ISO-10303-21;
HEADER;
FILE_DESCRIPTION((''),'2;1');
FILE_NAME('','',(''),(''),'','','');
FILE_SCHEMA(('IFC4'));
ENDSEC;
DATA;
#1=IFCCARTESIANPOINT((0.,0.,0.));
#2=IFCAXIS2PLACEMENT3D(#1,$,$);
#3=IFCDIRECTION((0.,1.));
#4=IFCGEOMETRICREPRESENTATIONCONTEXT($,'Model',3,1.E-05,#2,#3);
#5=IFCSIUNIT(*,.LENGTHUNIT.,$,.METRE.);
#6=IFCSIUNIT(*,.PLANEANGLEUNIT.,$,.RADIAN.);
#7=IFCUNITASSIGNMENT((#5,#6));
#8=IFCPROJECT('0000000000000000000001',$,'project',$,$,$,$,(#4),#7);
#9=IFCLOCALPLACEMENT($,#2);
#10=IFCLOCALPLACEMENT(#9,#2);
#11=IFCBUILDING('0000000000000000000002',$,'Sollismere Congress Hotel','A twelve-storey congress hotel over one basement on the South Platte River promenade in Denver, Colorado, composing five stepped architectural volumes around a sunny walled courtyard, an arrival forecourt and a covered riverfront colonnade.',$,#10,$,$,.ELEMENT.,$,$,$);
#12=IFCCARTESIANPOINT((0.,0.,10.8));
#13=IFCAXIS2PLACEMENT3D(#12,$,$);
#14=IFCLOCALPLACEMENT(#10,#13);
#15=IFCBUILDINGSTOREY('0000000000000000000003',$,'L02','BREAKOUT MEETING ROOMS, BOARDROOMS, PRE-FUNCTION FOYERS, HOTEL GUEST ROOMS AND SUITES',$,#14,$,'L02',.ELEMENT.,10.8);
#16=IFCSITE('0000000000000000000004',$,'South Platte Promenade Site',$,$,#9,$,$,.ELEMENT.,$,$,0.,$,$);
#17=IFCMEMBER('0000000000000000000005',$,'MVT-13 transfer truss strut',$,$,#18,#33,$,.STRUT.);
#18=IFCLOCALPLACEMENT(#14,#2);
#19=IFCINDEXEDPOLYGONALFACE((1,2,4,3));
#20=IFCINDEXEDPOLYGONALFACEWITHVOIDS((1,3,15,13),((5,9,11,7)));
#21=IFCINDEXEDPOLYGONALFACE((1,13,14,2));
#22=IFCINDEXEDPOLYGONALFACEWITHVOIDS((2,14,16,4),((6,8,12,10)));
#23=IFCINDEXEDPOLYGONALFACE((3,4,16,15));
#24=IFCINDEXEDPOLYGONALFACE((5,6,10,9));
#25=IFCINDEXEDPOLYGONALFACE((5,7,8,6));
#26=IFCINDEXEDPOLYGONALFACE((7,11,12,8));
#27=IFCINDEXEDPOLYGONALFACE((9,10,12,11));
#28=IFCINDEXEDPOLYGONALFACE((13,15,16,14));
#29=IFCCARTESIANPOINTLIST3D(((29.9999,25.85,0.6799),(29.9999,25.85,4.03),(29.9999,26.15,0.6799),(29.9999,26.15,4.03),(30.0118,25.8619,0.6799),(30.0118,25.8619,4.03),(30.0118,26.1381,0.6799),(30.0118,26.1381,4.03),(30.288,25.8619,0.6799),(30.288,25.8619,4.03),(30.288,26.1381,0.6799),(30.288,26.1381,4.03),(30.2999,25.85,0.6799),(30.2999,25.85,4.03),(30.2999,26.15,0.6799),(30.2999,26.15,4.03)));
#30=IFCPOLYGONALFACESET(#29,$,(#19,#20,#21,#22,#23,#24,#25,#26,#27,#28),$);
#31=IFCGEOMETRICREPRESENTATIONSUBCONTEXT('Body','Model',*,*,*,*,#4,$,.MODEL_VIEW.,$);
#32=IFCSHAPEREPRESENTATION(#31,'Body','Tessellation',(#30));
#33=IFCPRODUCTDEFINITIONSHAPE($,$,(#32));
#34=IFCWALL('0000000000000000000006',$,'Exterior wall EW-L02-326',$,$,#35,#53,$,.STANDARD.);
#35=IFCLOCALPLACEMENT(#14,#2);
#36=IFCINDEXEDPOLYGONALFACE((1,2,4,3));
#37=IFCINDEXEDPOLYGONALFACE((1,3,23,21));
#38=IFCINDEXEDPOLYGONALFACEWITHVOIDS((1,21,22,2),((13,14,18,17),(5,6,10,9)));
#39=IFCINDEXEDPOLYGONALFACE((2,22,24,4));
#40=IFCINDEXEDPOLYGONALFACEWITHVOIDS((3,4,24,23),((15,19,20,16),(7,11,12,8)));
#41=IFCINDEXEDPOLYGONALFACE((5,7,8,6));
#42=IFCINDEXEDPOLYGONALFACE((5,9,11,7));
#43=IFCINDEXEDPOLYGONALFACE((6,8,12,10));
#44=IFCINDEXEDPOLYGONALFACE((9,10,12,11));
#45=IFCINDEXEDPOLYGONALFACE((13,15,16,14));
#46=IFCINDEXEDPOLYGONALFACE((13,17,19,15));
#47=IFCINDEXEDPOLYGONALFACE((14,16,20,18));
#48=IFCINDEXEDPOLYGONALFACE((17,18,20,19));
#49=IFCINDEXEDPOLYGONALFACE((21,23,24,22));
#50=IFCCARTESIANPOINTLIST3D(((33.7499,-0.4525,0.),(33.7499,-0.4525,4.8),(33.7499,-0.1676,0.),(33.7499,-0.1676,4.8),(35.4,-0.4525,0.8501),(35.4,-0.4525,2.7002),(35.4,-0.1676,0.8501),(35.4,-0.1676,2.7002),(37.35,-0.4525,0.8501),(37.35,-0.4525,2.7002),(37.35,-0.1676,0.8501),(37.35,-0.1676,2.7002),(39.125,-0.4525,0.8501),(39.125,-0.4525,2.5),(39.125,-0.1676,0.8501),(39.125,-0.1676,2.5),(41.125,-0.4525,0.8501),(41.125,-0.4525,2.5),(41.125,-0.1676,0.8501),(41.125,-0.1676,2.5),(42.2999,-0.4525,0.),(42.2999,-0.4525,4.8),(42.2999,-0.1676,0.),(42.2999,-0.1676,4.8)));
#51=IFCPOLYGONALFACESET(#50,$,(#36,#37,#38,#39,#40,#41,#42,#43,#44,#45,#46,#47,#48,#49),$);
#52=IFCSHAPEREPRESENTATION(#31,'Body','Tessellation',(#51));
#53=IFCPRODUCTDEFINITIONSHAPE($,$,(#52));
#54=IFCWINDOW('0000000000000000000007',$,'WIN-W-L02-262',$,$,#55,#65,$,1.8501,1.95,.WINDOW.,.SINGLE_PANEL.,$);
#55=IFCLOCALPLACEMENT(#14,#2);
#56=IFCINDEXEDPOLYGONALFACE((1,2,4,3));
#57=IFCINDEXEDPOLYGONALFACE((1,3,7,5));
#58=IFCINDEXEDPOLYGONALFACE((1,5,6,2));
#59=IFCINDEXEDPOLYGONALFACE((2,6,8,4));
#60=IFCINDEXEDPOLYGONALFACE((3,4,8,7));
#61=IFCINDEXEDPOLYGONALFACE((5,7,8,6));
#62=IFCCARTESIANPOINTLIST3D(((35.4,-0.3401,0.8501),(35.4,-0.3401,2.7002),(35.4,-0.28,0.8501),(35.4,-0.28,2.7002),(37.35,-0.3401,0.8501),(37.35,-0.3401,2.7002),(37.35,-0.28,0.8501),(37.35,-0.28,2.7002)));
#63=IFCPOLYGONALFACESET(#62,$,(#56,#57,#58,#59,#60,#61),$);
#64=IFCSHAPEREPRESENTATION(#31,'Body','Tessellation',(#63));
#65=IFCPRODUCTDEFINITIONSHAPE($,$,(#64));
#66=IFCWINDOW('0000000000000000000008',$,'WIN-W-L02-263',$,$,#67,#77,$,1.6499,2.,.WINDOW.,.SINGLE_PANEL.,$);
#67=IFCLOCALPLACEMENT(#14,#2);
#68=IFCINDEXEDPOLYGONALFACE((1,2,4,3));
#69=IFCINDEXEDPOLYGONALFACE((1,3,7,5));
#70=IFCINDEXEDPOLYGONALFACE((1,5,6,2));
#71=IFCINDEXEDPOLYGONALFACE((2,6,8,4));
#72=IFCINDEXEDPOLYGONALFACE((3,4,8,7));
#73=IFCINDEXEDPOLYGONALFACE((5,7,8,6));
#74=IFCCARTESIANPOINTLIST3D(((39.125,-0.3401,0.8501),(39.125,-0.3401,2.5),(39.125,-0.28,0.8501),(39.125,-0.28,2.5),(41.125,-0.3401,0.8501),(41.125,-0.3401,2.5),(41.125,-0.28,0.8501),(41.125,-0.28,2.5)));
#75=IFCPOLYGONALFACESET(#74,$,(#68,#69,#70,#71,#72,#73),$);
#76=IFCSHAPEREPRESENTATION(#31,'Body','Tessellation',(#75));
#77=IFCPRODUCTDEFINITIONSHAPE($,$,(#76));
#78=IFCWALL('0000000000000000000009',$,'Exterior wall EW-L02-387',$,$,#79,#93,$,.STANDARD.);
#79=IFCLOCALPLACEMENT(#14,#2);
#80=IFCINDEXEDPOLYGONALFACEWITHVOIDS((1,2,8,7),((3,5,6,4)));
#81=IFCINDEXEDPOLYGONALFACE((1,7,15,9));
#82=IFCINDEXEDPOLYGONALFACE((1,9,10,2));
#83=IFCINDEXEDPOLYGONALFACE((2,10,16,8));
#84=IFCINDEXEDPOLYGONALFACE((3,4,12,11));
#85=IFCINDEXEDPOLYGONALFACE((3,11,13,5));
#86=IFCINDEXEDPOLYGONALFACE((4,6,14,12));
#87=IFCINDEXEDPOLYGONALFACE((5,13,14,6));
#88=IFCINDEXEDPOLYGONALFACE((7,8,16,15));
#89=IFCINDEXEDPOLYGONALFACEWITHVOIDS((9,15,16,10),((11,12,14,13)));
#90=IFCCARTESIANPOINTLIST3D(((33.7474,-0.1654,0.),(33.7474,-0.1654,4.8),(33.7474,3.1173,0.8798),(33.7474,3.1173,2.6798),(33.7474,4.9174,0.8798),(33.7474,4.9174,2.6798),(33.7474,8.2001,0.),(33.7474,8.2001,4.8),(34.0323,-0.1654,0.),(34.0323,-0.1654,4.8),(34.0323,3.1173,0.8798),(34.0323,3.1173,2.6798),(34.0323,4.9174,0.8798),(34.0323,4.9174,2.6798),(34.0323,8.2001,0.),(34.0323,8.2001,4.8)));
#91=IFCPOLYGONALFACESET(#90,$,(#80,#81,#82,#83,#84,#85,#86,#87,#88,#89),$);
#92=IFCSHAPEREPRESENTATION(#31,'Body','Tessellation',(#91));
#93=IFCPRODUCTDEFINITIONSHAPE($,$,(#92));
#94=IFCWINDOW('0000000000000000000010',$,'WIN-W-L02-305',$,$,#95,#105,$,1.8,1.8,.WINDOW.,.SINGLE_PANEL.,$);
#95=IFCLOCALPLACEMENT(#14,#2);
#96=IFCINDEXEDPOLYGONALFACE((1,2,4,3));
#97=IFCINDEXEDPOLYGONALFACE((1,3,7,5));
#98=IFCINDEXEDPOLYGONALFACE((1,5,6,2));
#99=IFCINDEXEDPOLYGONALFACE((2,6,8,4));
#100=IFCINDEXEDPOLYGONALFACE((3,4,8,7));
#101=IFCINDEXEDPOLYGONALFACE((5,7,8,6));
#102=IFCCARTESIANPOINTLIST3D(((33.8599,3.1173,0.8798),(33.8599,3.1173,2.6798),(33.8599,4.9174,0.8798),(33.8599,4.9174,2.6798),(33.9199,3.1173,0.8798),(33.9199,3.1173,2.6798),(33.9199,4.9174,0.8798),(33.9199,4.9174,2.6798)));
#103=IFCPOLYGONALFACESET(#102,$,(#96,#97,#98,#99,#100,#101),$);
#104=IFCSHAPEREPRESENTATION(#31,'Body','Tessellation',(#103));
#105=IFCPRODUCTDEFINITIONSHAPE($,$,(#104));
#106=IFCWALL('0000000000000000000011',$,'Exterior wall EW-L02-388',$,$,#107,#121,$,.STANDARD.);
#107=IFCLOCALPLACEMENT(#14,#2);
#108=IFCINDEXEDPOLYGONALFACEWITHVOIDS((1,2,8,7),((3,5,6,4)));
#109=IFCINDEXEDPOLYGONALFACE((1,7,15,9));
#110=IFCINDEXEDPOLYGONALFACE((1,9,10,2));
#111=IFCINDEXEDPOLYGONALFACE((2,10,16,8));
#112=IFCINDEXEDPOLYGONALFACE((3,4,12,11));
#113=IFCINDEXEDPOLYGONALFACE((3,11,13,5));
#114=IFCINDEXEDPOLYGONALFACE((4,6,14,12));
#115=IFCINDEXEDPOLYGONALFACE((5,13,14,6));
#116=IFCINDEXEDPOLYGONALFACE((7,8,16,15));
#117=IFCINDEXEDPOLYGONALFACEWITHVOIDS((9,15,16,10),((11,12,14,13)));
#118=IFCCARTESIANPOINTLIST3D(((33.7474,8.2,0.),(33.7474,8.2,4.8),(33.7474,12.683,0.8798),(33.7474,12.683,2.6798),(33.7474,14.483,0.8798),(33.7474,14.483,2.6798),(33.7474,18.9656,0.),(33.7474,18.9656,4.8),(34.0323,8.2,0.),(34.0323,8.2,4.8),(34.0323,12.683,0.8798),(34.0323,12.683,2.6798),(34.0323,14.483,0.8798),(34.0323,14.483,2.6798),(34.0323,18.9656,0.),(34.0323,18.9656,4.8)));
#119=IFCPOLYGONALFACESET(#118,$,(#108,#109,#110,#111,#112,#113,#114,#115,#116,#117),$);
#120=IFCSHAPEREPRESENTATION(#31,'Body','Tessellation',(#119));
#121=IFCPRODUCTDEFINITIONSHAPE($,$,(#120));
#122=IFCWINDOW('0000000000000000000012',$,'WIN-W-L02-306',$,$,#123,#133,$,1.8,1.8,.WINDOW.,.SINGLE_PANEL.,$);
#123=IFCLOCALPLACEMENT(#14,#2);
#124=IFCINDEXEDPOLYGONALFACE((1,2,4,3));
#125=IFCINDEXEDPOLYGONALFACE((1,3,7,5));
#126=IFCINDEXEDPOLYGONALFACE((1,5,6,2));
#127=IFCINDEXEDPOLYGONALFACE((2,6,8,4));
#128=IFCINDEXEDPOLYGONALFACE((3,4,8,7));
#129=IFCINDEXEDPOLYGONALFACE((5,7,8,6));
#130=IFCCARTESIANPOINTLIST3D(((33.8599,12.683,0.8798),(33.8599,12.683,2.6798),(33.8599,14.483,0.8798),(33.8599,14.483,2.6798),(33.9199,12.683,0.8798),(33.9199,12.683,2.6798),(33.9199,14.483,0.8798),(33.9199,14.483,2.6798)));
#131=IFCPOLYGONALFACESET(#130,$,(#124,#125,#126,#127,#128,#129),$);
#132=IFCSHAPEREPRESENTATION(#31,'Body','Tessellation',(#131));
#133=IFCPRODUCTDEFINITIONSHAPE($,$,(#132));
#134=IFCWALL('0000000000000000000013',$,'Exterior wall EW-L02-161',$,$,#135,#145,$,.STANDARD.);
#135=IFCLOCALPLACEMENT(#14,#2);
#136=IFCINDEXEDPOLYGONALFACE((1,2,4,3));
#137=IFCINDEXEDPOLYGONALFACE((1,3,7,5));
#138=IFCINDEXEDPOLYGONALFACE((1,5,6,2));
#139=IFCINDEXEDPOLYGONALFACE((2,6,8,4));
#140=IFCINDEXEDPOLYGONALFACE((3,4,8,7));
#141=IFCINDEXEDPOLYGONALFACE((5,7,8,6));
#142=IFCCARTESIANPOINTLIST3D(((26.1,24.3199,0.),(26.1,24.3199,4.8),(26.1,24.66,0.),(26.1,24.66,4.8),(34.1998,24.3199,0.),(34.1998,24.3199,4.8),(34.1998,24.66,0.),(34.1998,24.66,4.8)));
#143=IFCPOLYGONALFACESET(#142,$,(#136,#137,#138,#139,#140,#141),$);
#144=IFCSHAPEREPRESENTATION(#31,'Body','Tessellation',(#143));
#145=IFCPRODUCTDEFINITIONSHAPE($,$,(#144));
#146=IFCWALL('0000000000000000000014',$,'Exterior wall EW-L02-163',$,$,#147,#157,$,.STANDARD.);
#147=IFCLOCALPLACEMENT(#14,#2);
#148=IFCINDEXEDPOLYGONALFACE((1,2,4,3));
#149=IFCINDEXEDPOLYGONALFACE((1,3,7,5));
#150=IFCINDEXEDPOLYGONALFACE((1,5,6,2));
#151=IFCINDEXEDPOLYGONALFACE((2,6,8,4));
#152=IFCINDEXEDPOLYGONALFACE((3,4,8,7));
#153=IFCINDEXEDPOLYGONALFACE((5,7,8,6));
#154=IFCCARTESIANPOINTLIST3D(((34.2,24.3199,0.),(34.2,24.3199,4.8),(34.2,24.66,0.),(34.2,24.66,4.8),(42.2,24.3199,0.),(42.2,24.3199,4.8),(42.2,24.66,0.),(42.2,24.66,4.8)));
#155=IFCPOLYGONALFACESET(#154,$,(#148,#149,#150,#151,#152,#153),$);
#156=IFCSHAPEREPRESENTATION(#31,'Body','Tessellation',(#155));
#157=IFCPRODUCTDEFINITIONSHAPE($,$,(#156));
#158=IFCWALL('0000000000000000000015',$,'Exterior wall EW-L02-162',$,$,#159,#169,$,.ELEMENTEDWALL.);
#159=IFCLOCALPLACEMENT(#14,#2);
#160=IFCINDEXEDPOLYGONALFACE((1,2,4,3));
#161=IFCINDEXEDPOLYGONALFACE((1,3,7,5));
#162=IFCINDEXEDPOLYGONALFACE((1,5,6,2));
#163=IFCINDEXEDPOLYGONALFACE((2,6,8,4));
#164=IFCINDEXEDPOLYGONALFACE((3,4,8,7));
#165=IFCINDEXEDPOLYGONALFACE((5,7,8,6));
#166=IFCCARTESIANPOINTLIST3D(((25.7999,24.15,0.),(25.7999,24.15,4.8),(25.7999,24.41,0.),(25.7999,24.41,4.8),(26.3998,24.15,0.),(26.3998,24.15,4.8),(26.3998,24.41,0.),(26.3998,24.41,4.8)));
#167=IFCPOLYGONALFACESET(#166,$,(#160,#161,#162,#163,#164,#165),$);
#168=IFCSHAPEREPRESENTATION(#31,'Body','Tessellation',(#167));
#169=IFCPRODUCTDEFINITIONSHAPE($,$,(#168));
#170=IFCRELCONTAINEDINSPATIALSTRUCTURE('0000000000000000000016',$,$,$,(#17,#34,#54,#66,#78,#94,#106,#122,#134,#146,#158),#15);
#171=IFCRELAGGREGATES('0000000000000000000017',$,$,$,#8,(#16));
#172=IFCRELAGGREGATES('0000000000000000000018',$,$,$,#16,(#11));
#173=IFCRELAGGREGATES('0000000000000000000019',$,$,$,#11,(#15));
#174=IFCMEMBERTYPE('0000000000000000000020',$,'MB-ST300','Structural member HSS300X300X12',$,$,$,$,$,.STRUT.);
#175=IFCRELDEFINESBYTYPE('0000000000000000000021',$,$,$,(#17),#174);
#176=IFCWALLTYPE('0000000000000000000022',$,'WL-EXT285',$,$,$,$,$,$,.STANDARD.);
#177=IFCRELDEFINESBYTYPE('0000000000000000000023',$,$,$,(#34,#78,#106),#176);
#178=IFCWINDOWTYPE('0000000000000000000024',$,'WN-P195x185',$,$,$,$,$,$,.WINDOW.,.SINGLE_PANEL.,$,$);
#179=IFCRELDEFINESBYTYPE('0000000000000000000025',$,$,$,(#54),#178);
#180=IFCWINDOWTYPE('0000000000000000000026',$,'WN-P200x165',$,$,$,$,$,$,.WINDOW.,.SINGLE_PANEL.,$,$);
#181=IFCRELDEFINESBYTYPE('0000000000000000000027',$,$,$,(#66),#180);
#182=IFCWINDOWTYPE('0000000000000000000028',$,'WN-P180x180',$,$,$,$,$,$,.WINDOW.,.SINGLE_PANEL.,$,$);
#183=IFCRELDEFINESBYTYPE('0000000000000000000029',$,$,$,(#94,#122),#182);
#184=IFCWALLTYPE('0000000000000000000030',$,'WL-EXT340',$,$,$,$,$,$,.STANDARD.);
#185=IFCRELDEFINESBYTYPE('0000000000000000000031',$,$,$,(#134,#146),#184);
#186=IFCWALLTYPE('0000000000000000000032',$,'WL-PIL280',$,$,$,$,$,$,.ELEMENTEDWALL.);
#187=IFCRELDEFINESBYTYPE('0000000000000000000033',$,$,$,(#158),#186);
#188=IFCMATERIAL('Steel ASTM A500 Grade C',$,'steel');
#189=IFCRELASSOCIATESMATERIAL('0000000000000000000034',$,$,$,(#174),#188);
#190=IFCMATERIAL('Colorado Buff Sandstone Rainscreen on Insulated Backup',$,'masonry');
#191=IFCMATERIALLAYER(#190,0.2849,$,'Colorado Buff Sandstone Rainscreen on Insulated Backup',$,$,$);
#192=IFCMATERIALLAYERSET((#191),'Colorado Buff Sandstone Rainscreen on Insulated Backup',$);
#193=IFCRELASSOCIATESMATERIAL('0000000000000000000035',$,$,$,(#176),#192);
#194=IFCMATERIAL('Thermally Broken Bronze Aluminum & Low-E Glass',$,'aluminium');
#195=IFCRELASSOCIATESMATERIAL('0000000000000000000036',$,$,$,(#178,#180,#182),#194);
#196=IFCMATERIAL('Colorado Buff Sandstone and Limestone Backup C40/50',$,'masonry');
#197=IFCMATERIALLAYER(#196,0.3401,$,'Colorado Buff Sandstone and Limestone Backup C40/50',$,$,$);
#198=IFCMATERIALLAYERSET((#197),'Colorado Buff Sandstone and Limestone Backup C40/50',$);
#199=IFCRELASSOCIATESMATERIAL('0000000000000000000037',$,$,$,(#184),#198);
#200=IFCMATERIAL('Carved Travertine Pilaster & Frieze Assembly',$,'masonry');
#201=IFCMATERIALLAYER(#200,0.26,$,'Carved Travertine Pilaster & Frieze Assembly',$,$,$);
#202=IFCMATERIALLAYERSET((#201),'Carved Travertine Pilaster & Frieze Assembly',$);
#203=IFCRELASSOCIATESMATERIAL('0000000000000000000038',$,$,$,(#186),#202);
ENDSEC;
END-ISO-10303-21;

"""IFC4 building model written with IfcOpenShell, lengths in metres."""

from ifc_helpers import new_model, si_unit, direction, frame, frame_2d, origin, origin_2d, place, context, subcontext, project, spatial, rectangle, hollow_rectangle, extrude, material, layer, layer_set, material_profile, profile_set, type_object, element, fill, save


model = new_model("IFC4")

# Units and contexts
model_context = context("Model", 3, precision=1e-05, world=origin(), true_north=direction((0.0, 1.0)))
body_context = subcontext(model_context, "Body", "Model", "MODEL_VIEW")
ifc_project = project(units=[si_unit("LENGTHUNIT", "METRE"), si_unit("PLANEANGLEUNIT", "RADIAN")], contexts=[model_context])

# Site, building, storey
site_placement = place(None, origin())
site = spatial("IfcSite", under=ifc_project, at=site_placement, Name="South Platte Promenade Site", CompositionType="ELEMENT", RefElevation=0.0)
building_placement = place(site_placement, origin())
building = spatial("IfcBuilding", under=site, at=building_placement, Name="Sollismere Congress Hotel", Description="A twelve-storey congress hotel over one basement on the South Platte River promenade in Denver, Colorado, composing five stepped architectural volumes around a sunny walled courtyard, an arrival forecourt and a covered riverfront colonnade.", CompositionType="ELEMENT")
storey_placement = place(building_placement, frame((0.0, 0.0, 10.8)))
storey = spatial("IfcBuildingStorey", under=building, at=storey_placement, Name="L02", Description="BREAKOUT MEETING ROOMS, BOARDROOMS, PRE-FUNCTION FOYERS, HOTEL GUEST ROOMS AND SUITES", LongName="L02", CompositionType="ELEMENT", Elevation=10.8)

# Member
ifc_material_1 = material(Name="Steel ASTM A500 Grade C", Category="steel")
ifc_material_profile_1 = material_profile(ifc_material_1, hollow_rectangle(XDim=0.3, YDim=0.3, WallThickness=0.012, at=origin_2d()), Name="HSS300X300X12")
ifc_profile_set_1 = profile_set([ifc_material_profile_1], Name="Steel ASTM A500 Grade C")
member_type_1 = type_object("IfcMemberType", Name="MB-ST300", Description="Structural member HSS300X300X12", PredefinedType="STRUT", material=ifc_profile_set_1)
for number, where, z_axis, x_axis, name in (
    (1, (30.1499, 26.0, 0.6799), (0.0, 0.0, 1.0), (1.0, 0.0, 0.0), "MVT-13 transfer truss strut"),
):
    element("IfcMember", number, at=place(storey_placement, frame(where, z_axis=z_axis, x_axis=x_axis)), inside=storey, type_object=member_type_1, Name=name, PredefinedType="STRUT", context=body_context, shape_type="SweptSolid", body=[
        extrude(hollow_rectangle(XDim=0.3, YDim=0.3, WallThickness=0.012, at=origin_2d()), origin(), (0.0, 0.0, 1.0), 3.3501),
    ])

# Wall, openings, windows
ifc_material_2 = material(Name="Colorado Buff Sandstone Rainscreen on Insulated Backup", Category="masonry")
ifc_layer_1 = layer(ifc_material_2, 0.2849, Name="Colorado Buff Sandstone Rainscreen on Insulated Backup")
ifc_layer_set_1 = layer_set([ifc_layer_1], Name="Colorado Buff Sandstone Rainscreen on Insulated Backup")
wall_type_1 = type_object("IfcWallType", Name="WL-EXT285", PredefinedType="STANDARD", material=ifc_layer_set_1)
wall_1_placement = place(storey_placement, frame((33.75, -0.3101, 0.0), z_axis=(0.0, 0.0, 1.0), x_axis=(1.0, 0.0, 0.0)))
wall_1 = element("IfcWall", 2, at=wall_1_placement, inside=storey, type_object=wall_type_1, Name="Exterior wall EW-L02-326", PredefinedType="STANDARD", context=body_context, shape_type="SweptSolid", body=[
    extrude(rectangle(XDim=8.55, YDim=0.2849, at=frame_2d((4.2749, 0.0))), origin(), (0.0, 0.0, 1.0), 4.8),
])
opening_1_placement = place(wall_1_placement, frame((1.6499, 0.0, 0.8501)))
opening_1 = element("IfcOpeningElement", 3, at=opening_1_placement, cuts=wall_1, PredefinedType="OPENING", context=body_context, shape_type="SweptSolid", body=[
    extrude(rectangle(XDim=1.95, YDim=1.8501, at=frame_2d((0.9751, 0.925))), frame((0.0, 0.1523, 0.0), z_axis=(0.0, -1.0, 0.0), x_axis=(1.0, 0.0, 0.0)), (0.0, 0.0, 1.0), 0.3049),
])
opening_2_placement = place(wall_1_placement, frame((5.375, 0.0, 0.8501)))
opening_2 = element("IfcOpeningElement", 4, at=opening_2_placement, cuts=wall_1, PredefinedType="OPENING", context=body_context, shape_type="SweptSolid", body=[
    extrude(rectangle(XDim=2.0, YDim=1.6499, at=frame_2d((1.0, 0.825))), frame((0.0, 0.1523, 0.0), z_axis=(0.0, -1.0, 0.0), x_axis=(1.0, 0.0, 0.0)), (0.0, 0.0, 1.0), 0.3049),
])
ifc_material_3 = material(Name="Thermally Broken Bronze Aluminum & Low-E Glass", Category="aluminium")
window_type_1 = type_object("IfcWindowType", Name="WN-P195x185", PartitioningType="SINGLE_PANEL", PredefinedType="WINDOW", material=ifc_material_3)
window_1_placement = place(opening_1_placement, origin())
window_1 = element("IfcWindow", 5, at=window_1_placement, inside=storey, type_object=window_type_1, Name="WIN-W-L02-262", OverallHeight=1.8501, OverallWidth=1.95, PartitioningType="SINGLE_PANEL", PredefinedType="WINDOW", context=body_context, shape_type="SweptSolid", body=[
    extrude(rectangle(XDim=1.95, YDim=1.8501, at=frame_2d((0.9751, 0.925))), frame((0.0, 0.03, 0.0), z_axis=(0.0, -1.0, 0.0), x_axis=(1.0, 0.0, 0.0)), (0.0, 0.0, 1.0), 0.0601),
])
fill(opening_1, window_1)
window_type_2 = type_object("IfcWindowType", Name="WN-P200x165", PartitioningType="SINGLE_PANEL", PredefinedType="WINDOW", material=ifc_material_3)
window_2_placement = place(opening_2_placement, origin())
window_2 = element("IfcWindow", 6, at=window_2_placement, inside=storey, type_object=window_type_2, Name="WIN-W-L02-263", OverallHeight=1.6499, OverallWidth=2.0, PartitioningType="SINGLE_PANEL", PredefinedType="WINDOW", context=body_context, shape_type="SweptSolid", body=[
    extrude(rectangle(XDim=2.0, YDim=1.6499, at=frame_2d((1.0, 0.825))), frame((0.0, 0.03, 0.0), z_axis=(0.0, -1.0, 0.0), x_axis=(1.0, 0.0, 0.0)), (0.0, 0.0, 1.0), 0.0601),
])
fill(opening_2, window_2)

# Walls, openings, windows
wall_2_placement = place(storey_placement, frame((33.8899, 8.2, 0.0), z_axis=(0.0, 0.0, 1.0), x_axis=(0.0, -1.0, 0.0)))
wall_2 = element("IfcWall", 7, at=wall_2_placement, inside=storey, type_object=wall_type_1, Name="Exterior wall EW-L02-387", PredefinedType="STANDARD", context=body_context, shape_type="SweptSolid", body=[
    extrude(rectangle(XDim=8.3655, YDim=0.2849, at=frame_2d((4.1826, 0.0))), origin(), (0.0, 0.0, 1.0), 4.8),
])
opening_3_placement = place(wall_2_placement, frame((3.2827, 0.0, 0.8799)))
opening_3 = element("IfcOpeningElement", 8, at=opening_3_placement, cuts=wall_2, PredefinedType="OPENING", context=body_context, shape_type="SweptSolid", body=[
    extrude(rectangle(XDim=1.8, YDim=1.8, at=frame_2d((0.8999, 0.8999))), frame((0.0, 0.1523, 0.0), z_axis=(0.0, -1.0, 0.0), x_axis=(1.0, 0.0, 0.0)), (0.0, 0.0, 1.0), 0.3049),
])
window_type_3 = type_object("IfcWindowType", Name="WN-P180x180", PartitioningType="SINGLE_PANEL", PredefinedType="WINDOW", material=ifc_material_3)
window_3_placement = place(opening_3_placement, origin())
window_3 = element("IfcWindow", 9, at=window_3_placement, inside=storey, type_object=window_type_3, Name="WIN-W-L02-305", OverallHeight=1.8, OverallWidth=1.8, PartitioningType="SINGLE_PANEL", PredefinedType="WINDOW", context=body_context, shape_type="SweptSolid", body=[
    extrude(rectangle(XDim=1.8, YDim=1.8, at=frame_2d((0.8999, 0.8999))), frame((0.0, 0.03, 0.0), z_axis=(0.0, -1.0, 0.0), x_axis=(1.0, 0.0, 0.0)), (0.0, 0.0, 1.0), 0.0601),
])
fill(opening_3, window_3)
wall_3_placement = place(storey_placement, frame((33.8899, 18.9656, 0.0), z_axis=(0.0, 0.0, 1.0), x_axis=(0.0, -1.0, 0.0)))
wall_3 = element("IfcWall", 10, at=wall_3_placement, inside=storey, type_object=wall_type_1, Name="Exterior wall EW-L02-388", PredefinedType="STANDARD", context=body_context, shape_type="SweptSolid", body=[
    extrude(rectangle(XDim=10.7656, YDim=0.2849, at=frame_2d((5.3828, 0.0))), origin(), (0.0, 0.0, 1.0), 4.8),
])
opening_4_placement = place(wall_3_placement, frame((4.4827, 0.0, 0.8799)))
opening_4 = element("IfcOpeningElement", 11, at=opening_4_placement, cuts=wall_3, PredefinedType="OPENING", context=body_context, shape_type="SweptSolid", body=[
    extrude(rectangle(XDim=1.8, YDim=1.8, at=frame_2d((0.8999, 0.8999))), frame((0.0, 0.1523, 0.0), z_axis=(0.0, -1.0, 0.0), x_axis=(1.0, 0.0, 0.0)), (0.0, 0.0, 1.0), 0.3049),
])
window_4_placement = place(opening_4_placement, origin())
window_4 = element("IfcWindow", 12, at=window_4_placement, inside=storey, type_object=window_type_3, Name="WIN-W-L02-306", OverallHeight=1.8, OverallWidth=1.8, PartitioningType="SINGLE_PANEL", PredefinedType="WINDOW", context=body_context, shape_type="SweptSolid", body=[
    extrude(rectangle(XDim=1.8, YDim=1.8, at=frame_2d((0.8999, 0.8999))), frame((0.0, 0.03, 0.0), z_axis=(0.0, -1.0, 0.0), x_axis=(1.0, 0.0, 0.0)), (0.0, 0.0, 1.0), 0.0601),
])
fill(opening_4, window_4)

# Walls
ifc_material_4 = material(Name="Colorado Buff Sandstone and Limestone Backup C40/50", Category="masonry")
ifc_layer_2 = layer(ifc_material_4, 0.3401, Name="Colorado Buff Sandstone and Limestone Backup C40/50")
ifc_layer_set_2 = layer_set([ifc_layer_2], Name="Colorado Buff Sandstone and Limestone Backup C40/50")
wall_type_2 = type_object("IfcWallType", Name="WL-EXT340", PredefinedType="STANDARD", material=ifc_layer_set_2)
wall_4_placement = place(storey_placement, frame((26.1001, 24.49, 0.0), z_axis=(0.0, 0.0, 1.0), x_axis=(1.0, 0.0, 0.0)))
element("IfcWall", 13, at=wall_4_placement, inside=storey, type_object=wall_type_2, Name="Exterior wall EW-L02-161", PredefinedType="STANDARD", context=body_context, shape_type="SweptSolid", body=[
    extrude(rectangle(XDim=8.0999, YDim=0.3401, at=frame_2d((4.0498, 0.0))), origin(), (0.0, 0.0, 1.0), 4.8),
])
wall_5_placement = place(storey_placement, frame((34.2, 24.49, 0.0), z_axis=(0.0, 0.0, 1.0), x_axis=(1.0, 0.0, 0.0)))
element("IfcWall", 14, at=wall_5_placement, inside=storey, type_object=wall_type_2, Name="Exterior wall EW-L02-163", PredefinedType="STANDARD", context=body_context, shape_type="SweptSolid", body=[
    extrude(rectangle(XDim=8.0, YDim=0.3401, at=frame_2d((4.0, 0.0))), origin(), (0.0, 0.0, 1.0), 4.8),
])
ifc_material_5 = material(Name="Carved Travertine Pilaster & Frieze Assembly", Category="masonry")
ifc_layer_3 = layer(ifc_material_5, 0.26, Name="Carved Travertine Pilaster & Frieze Assembly")
ifc_layer_set_3 = layer_set([ifc_layer_3], Name="Carved Travertine Pilaster & Frieze Assembly")
wall_type_3 = type_object("IfcWallType", Name="WL-PIL280", PredefinedType="ELEMENTEDWALL", material=ifc_layer_set_3)
wall_6_placement = place(storey_placement, frame((25.8, 24.28, 0.0), z_axis=(0.0, 0.0, 1.0), x_axis=(1.0, 0.0, 0.0)))
element("IfcWall", 15, at=wall_6_placement, inside=storey, type_object=wall_type_3, Name="Exterior wall EW-L02-162", PredefinedType="ELEMENTEDWALL", context=body_context, shape_type="SweptSolid", body=[
    extrude(rectangle(XDim=0.5999, YDim=0.26, at=frame_2d((0.2998, 0.0))), origin(), (0.0, 0.0, 1.0), 4.8),
])

save(model, "model.ifc")
